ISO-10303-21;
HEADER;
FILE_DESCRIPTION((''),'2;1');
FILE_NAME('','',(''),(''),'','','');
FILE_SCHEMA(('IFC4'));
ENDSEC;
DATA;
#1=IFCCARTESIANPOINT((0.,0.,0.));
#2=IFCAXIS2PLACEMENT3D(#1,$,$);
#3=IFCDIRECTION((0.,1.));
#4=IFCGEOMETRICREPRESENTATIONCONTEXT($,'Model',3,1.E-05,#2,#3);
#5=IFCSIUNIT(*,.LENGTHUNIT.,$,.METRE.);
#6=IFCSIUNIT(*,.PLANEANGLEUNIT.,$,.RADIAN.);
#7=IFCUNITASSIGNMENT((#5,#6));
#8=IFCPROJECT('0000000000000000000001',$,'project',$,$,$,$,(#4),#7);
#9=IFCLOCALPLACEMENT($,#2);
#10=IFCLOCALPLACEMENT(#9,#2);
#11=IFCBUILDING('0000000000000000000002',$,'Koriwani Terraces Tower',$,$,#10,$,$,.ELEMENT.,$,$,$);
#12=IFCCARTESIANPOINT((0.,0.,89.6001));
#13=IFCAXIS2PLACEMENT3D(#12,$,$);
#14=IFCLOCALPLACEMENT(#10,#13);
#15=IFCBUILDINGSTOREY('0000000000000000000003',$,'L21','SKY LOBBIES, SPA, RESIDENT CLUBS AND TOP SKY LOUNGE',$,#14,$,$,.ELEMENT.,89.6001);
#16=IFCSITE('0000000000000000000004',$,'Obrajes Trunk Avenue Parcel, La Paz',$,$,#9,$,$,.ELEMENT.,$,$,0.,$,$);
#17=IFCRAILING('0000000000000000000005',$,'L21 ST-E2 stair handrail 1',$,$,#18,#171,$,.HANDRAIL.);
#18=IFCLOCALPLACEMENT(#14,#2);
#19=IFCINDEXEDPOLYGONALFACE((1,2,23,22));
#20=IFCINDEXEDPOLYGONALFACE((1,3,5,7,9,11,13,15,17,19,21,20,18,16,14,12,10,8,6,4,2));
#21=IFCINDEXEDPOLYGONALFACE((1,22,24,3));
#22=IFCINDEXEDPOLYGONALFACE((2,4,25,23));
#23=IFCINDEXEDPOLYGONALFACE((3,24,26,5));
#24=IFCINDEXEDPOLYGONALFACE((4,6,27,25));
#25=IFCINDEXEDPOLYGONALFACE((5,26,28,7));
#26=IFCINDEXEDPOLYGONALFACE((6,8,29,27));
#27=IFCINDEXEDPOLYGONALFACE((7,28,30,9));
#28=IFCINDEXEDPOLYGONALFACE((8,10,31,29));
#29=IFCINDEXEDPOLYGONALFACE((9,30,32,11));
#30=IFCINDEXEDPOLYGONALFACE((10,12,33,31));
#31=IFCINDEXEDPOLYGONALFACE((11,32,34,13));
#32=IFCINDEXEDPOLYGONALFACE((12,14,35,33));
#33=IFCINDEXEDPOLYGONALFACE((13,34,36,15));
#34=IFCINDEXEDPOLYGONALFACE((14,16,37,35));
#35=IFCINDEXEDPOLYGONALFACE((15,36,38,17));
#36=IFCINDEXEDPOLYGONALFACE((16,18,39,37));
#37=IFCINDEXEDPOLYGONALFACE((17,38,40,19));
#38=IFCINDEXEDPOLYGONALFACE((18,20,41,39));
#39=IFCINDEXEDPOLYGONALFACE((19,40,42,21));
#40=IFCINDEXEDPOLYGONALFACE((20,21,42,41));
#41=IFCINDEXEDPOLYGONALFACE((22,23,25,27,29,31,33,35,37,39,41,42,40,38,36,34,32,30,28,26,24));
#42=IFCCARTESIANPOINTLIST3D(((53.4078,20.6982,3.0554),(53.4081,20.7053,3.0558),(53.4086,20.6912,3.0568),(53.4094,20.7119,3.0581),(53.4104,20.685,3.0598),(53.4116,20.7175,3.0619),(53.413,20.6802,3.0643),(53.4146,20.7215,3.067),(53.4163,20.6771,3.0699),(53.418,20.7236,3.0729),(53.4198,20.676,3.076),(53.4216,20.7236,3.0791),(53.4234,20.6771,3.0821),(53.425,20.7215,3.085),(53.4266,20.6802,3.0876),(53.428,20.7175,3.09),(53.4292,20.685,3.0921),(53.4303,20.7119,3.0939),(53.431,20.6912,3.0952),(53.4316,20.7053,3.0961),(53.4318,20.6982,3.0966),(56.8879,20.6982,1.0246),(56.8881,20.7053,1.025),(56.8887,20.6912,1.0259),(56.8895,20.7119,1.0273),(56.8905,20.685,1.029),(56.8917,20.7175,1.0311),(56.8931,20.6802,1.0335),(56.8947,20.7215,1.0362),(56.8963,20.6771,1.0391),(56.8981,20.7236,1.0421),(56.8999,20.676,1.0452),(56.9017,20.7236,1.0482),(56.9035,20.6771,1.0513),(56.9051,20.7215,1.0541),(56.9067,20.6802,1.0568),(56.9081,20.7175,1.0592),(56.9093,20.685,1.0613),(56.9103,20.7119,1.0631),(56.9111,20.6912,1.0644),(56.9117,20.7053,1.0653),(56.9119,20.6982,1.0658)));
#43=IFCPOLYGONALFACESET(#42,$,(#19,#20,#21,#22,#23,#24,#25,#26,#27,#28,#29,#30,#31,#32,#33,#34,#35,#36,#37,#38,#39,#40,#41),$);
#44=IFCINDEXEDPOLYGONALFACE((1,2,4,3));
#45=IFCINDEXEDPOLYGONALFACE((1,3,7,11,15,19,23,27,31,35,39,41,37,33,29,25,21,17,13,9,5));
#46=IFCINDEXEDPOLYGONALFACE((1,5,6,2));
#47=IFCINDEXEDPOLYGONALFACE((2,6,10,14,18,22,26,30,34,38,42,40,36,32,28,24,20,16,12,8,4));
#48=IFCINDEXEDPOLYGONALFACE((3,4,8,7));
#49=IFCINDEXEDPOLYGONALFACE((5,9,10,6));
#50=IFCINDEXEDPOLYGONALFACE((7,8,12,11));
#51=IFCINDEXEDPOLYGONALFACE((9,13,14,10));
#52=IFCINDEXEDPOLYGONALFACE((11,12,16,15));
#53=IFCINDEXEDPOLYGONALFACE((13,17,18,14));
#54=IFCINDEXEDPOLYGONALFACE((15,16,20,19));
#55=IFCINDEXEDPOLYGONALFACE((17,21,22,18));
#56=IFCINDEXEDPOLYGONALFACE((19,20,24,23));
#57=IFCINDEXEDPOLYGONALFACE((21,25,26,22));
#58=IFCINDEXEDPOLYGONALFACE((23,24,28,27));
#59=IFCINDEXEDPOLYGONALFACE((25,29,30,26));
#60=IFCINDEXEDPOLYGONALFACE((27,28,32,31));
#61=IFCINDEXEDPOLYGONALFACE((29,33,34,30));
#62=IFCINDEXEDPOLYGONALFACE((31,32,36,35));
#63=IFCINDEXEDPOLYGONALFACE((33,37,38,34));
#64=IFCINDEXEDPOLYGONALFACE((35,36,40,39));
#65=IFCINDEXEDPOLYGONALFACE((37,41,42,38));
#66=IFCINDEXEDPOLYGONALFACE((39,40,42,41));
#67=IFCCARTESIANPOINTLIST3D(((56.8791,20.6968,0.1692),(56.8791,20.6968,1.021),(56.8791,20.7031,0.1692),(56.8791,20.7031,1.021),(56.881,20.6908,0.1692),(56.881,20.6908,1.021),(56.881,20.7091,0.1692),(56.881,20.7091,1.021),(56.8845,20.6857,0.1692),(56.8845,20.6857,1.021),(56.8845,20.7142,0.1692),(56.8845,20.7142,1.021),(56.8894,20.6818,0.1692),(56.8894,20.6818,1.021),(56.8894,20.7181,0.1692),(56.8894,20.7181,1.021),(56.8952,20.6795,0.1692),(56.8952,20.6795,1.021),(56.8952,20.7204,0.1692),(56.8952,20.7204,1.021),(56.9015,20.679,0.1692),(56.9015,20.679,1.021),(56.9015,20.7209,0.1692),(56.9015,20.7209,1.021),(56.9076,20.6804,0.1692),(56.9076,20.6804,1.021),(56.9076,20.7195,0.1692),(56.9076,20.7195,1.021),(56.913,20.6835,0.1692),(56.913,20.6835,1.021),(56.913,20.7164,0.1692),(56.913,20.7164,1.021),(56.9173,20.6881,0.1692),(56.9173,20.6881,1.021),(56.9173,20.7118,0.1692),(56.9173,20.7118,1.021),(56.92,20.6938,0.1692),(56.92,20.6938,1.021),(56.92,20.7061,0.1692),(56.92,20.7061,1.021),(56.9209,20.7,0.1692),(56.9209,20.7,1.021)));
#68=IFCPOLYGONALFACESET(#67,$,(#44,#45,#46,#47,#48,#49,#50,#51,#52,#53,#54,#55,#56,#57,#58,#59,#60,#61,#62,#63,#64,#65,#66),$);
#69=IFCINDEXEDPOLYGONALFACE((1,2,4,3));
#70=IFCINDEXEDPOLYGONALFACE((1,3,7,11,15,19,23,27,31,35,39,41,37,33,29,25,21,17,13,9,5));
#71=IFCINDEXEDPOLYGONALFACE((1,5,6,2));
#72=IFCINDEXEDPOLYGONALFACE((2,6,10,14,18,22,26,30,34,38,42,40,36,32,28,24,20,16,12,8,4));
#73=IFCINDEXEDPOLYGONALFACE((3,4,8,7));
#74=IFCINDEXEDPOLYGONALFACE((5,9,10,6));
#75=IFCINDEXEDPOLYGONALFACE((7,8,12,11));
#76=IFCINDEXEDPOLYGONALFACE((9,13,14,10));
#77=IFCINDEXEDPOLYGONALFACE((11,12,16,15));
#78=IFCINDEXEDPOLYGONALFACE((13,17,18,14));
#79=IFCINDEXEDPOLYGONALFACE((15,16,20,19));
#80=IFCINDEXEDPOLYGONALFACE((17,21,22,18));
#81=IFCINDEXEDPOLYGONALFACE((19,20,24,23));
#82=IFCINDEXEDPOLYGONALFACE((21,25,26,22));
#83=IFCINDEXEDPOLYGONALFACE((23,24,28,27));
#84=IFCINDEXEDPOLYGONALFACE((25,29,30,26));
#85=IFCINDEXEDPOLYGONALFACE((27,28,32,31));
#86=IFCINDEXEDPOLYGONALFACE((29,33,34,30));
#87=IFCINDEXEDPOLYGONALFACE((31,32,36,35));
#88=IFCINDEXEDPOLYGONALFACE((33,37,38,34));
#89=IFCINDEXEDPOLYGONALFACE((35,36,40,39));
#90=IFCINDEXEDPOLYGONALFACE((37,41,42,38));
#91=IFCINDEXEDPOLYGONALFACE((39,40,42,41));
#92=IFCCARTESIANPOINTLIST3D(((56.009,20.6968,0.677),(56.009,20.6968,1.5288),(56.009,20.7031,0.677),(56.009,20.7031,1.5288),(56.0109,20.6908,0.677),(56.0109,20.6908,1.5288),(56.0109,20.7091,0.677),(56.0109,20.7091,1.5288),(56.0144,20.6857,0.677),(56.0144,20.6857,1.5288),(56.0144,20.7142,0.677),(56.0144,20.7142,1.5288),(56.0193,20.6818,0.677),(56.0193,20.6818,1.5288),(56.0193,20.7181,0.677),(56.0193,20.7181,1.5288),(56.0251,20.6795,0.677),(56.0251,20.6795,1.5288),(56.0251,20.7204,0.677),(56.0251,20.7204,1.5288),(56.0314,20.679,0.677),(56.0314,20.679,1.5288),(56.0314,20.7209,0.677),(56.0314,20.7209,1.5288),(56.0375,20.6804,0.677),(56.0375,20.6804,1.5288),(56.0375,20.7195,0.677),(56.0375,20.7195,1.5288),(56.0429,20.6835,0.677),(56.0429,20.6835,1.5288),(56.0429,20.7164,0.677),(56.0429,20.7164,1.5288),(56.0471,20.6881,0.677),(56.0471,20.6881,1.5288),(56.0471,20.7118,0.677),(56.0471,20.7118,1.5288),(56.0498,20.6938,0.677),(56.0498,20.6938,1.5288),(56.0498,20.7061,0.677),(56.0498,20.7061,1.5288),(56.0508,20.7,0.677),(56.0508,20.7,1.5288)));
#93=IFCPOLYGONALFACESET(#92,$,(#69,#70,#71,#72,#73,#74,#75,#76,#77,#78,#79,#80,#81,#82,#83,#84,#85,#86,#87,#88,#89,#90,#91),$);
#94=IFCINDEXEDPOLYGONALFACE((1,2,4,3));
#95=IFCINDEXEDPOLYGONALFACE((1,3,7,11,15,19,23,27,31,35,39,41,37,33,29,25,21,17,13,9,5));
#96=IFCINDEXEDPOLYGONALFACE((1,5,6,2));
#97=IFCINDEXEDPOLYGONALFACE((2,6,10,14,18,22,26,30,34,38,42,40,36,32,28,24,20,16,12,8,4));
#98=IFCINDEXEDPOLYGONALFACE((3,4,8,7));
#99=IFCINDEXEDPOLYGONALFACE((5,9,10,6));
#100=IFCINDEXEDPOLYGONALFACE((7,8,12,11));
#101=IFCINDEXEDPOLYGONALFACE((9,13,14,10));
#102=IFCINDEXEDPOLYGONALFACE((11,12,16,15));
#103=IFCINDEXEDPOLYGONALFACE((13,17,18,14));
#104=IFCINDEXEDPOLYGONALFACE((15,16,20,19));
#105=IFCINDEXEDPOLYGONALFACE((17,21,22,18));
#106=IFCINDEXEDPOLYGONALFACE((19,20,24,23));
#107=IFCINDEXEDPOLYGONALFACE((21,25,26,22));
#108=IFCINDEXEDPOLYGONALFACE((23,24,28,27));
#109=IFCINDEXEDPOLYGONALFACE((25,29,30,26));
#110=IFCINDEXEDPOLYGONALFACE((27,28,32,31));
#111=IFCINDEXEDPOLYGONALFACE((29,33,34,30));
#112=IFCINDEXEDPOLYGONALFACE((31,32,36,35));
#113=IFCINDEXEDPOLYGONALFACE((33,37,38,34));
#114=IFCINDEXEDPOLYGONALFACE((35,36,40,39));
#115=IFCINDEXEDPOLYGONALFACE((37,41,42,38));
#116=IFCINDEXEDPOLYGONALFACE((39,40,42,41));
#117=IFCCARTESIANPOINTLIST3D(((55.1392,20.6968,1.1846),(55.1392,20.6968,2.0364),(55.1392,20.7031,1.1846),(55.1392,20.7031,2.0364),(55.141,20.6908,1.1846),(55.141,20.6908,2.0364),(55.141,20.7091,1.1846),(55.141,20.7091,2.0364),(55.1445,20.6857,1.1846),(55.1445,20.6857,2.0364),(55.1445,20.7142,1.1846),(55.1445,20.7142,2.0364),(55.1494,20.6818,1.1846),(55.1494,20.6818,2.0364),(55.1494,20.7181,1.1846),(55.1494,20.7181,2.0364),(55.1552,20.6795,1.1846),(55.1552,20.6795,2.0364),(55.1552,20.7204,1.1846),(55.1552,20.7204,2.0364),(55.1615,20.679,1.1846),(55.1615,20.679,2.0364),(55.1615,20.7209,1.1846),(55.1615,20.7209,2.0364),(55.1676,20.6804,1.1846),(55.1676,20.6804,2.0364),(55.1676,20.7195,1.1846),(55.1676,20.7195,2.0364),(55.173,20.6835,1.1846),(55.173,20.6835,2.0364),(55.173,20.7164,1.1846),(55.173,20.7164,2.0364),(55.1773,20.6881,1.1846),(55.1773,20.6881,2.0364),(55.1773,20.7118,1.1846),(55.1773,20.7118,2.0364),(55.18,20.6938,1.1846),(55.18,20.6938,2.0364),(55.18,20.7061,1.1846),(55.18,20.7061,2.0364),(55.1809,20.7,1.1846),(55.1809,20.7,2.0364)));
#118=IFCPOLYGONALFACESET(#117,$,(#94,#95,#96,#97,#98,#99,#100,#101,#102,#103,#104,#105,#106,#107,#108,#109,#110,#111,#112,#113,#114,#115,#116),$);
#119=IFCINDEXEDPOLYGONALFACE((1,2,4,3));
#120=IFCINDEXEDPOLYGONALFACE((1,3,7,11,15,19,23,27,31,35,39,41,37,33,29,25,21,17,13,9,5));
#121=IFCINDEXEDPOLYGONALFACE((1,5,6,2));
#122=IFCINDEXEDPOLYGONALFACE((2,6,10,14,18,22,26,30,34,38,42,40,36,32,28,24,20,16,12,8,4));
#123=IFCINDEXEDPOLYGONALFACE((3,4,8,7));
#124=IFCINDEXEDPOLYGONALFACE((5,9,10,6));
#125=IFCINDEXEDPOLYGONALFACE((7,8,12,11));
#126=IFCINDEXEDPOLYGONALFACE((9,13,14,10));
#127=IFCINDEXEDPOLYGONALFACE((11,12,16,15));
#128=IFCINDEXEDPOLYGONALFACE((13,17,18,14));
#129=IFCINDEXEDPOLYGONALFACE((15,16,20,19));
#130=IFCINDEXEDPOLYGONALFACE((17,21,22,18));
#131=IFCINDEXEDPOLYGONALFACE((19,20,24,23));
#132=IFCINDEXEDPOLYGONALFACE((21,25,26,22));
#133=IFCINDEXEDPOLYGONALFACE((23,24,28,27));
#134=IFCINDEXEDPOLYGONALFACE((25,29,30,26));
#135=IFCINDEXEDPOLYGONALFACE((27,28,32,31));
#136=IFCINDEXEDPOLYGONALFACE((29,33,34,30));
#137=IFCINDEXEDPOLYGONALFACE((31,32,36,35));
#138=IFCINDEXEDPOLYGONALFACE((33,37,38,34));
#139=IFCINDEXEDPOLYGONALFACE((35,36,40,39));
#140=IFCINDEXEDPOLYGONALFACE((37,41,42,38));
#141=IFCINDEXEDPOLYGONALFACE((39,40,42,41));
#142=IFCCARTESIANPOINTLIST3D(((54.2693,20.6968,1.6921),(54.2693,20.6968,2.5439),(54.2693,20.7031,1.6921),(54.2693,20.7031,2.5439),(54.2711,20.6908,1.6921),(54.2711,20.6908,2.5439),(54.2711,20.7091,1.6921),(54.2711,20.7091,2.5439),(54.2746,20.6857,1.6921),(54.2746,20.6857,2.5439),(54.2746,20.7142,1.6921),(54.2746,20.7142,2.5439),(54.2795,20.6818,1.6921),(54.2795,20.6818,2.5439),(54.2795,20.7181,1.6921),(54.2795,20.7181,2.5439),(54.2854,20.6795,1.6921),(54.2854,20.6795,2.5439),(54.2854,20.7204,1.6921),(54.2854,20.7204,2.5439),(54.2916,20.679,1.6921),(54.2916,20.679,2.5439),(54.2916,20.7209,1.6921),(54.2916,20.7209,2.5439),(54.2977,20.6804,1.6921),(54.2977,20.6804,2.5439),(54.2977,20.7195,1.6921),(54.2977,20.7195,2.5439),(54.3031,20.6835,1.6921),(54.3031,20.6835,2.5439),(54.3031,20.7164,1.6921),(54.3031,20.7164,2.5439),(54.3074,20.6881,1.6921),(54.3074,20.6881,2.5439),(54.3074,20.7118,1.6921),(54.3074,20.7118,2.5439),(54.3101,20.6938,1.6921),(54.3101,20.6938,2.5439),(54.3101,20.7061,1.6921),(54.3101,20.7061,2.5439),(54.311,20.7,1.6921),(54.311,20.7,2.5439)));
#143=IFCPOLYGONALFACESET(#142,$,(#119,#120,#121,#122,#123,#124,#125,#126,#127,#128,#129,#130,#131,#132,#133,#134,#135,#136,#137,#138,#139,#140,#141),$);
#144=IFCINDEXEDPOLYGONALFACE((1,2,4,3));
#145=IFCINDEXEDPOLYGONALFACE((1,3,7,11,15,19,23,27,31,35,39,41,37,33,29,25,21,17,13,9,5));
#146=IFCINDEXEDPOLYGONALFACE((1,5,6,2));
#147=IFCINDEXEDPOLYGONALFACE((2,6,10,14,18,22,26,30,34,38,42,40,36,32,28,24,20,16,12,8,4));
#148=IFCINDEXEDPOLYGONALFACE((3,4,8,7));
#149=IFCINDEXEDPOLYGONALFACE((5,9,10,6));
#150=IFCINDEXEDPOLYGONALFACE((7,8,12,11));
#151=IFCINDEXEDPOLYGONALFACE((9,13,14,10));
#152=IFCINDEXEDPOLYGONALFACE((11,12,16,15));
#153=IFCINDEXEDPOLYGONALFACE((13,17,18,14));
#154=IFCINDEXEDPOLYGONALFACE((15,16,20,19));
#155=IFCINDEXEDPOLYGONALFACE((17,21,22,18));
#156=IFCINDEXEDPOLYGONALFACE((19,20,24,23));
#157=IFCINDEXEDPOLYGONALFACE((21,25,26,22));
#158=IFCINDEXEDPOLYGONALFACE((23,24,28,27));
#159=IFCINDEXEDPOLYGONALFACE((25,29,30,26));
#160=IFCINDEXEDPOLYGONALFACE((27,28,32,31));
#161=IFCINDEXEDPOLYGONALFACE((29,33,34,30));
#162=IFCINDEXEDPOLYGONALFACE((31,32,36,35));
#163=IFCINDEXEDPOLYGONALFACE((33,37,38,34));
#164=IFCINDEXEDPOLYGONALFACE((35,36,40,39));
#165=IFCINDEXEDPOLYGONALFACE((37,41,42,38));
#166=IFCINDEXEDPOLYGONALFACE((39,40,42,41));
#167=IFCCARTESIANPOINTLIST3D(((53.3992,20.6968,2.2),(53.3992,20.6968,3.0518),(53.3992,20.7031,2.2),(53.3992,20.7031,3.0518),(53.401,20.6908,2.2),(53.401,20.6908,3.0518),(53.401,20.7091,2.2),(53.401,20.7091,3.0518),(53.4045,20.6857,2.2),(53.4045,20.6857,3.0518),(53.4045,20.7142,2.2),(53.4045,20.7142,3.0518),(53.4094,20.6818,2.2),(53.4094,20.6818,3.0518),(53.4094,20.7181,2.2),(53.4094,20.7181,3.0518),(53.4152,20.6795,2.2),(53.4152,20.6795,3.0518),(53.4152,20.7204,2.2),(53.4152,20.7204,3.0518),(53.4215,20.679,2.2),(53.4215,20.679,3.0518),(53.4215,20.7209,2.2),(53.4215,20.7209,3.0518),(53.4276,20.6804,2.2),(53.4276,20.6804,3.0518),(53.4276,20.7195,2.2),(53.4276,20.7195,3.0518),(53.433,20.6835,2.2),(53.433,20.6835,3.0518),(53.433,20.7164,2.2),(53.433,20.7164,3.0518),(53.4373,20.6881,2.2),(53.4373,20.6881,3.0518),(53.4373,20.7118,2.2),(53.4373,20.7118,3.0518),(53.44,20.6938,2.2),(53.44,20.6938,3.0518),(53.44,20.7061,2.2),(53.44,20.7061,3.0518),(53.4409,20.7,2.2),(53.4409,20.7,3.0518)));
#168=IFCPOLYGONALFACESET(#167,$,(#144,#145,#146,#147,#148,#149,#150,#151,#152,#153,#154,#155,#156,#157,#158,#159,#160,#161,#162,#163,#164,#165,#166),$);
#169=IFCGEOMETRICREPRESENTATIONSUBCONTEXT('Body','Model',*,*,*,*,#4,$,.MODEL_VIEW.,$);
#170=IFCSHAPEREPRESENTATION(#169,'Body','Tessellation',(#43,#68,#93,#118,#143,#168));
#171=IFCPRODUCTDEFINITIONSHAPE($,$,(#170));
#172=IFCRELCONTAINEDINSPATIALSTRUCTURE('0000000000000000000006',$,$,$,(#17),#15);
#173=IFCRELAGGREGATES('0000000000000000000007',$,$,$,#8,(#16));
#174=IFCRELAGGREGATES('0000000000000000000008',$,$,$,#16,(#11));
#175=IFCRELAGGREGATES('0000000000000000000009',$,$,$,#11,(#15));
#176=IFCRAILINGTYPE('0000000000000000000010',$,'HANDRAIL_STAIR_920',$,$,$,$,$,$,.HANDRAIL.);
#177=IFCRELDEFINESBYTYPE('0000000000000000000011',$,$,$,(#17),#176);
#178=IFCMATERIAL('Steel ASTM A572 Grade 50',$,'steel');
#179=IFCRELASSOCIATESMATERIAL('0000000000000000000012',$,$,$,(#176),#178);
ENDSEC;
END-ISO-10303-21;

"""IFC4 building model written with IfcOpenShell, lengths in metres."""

from ifc_helpers import new_model, si_unit, direction, frame, origin, origin_2d, place, context, subcontext, project, spatial, circle, extrude, material, type_object, element, save


model = new_model("IFC4")

# Units and contexts
model_context = context("Model", 3, precision=1e-05, world=origin(), true_north=direction((0.0, 1.0)))
body_context = subcontext(model_context, "Body", "Model", "MODEL_VIEW")
ifc_project = project(units=[si_unit("LENGTHUNIT", "METRE"), si_unit("PLANEANGLEUNIT", "RADIAN")], contexts=[model_context])

# Site, building, storey
site_placement = place(None, origin())
site = spatial("IfcSite", under=ifc_project, at=site_placement, Name="Obrajes Trunk Avenue Parcel, La Paz", CompositionType="ELEMENT", RefElevation=0.0)
building_placement = place(site_placement, origin())
building = spatial("IfcBuilding", under=site, at=building_placement, Name="Koriwani Terraces Tower", CompositionType="ELEMENT")
storey_placement = place(building_placement, frame((0.0, 0.0, 89.6001)))
storey = spatial("IfcBuildingStorey", under=building, at=storey_placement, Name="L21", Description="SKY LOBBIES, SPA, RESIDENT CLUBS AND TOP SKY LOUNGE", CompositionType="ELEMENT", Elevation=89.6001)

# Shared definitions
ifc_material_1 = material(Name="Steel ASTM A572 Grade 50", Category="steel")

# Railing
railing_type_1 = type_object("IfcRailingType", Name="HANDRAIL_STAIR_920", PredefinedType="HANDRAIL", material=ifc_material_1)
railing_1_placement = place(storey_placement, frame((56.8999, 20.7, 0.1692)))
element("IfcRailing", 1, at=railing_1_placement, inside=storey, type_object=railing_type_1, Name="L21 ST-E2 stair handrail 1", PredefinedType="HANDRAIL", context=body_context, shape_type="SweptSolid", body=[
    extrude(circle(Radius=0.0239, at=origin_2d()), frame((0.0, 0.0, 0.876), z_axis=(-0.863695, 0.0, 0.504014), x_axis=(0.0, -1.0, 0.0)), (0.0, 0.0, 1.0), 4.0293),
    extrude(circle(Radius=0.021, at=origin_2d()), origin(), (0.0, 0.0, 1.0), 0.8518),
    extrude(circle(Radius=0.021, at=origin_2d()), frame((-0.8701, 0.0, 0.5078)), (0.0, 0.0, 1.0), 0.8518),
    extrude(circle(Radius=0.021, at=origin_2d()), frame((-1.74, 0.0, 1.0154)), (0.0, 0.0, 1.0), 0.8518),
    extrude(circle(Radius=0.021, at=origin_2d()), frame((-2.6099, 0.0, 1.5229)), (0.0, 0.0, 1.0), 0.8518),
    extrude(circle(Radius=0.021, at=origin_2d()), frame((-3.48, 0.0, 2.0308)), (0.0, 0.0, 1.0), 0.8518),
])

save(model, "model.ifc")
